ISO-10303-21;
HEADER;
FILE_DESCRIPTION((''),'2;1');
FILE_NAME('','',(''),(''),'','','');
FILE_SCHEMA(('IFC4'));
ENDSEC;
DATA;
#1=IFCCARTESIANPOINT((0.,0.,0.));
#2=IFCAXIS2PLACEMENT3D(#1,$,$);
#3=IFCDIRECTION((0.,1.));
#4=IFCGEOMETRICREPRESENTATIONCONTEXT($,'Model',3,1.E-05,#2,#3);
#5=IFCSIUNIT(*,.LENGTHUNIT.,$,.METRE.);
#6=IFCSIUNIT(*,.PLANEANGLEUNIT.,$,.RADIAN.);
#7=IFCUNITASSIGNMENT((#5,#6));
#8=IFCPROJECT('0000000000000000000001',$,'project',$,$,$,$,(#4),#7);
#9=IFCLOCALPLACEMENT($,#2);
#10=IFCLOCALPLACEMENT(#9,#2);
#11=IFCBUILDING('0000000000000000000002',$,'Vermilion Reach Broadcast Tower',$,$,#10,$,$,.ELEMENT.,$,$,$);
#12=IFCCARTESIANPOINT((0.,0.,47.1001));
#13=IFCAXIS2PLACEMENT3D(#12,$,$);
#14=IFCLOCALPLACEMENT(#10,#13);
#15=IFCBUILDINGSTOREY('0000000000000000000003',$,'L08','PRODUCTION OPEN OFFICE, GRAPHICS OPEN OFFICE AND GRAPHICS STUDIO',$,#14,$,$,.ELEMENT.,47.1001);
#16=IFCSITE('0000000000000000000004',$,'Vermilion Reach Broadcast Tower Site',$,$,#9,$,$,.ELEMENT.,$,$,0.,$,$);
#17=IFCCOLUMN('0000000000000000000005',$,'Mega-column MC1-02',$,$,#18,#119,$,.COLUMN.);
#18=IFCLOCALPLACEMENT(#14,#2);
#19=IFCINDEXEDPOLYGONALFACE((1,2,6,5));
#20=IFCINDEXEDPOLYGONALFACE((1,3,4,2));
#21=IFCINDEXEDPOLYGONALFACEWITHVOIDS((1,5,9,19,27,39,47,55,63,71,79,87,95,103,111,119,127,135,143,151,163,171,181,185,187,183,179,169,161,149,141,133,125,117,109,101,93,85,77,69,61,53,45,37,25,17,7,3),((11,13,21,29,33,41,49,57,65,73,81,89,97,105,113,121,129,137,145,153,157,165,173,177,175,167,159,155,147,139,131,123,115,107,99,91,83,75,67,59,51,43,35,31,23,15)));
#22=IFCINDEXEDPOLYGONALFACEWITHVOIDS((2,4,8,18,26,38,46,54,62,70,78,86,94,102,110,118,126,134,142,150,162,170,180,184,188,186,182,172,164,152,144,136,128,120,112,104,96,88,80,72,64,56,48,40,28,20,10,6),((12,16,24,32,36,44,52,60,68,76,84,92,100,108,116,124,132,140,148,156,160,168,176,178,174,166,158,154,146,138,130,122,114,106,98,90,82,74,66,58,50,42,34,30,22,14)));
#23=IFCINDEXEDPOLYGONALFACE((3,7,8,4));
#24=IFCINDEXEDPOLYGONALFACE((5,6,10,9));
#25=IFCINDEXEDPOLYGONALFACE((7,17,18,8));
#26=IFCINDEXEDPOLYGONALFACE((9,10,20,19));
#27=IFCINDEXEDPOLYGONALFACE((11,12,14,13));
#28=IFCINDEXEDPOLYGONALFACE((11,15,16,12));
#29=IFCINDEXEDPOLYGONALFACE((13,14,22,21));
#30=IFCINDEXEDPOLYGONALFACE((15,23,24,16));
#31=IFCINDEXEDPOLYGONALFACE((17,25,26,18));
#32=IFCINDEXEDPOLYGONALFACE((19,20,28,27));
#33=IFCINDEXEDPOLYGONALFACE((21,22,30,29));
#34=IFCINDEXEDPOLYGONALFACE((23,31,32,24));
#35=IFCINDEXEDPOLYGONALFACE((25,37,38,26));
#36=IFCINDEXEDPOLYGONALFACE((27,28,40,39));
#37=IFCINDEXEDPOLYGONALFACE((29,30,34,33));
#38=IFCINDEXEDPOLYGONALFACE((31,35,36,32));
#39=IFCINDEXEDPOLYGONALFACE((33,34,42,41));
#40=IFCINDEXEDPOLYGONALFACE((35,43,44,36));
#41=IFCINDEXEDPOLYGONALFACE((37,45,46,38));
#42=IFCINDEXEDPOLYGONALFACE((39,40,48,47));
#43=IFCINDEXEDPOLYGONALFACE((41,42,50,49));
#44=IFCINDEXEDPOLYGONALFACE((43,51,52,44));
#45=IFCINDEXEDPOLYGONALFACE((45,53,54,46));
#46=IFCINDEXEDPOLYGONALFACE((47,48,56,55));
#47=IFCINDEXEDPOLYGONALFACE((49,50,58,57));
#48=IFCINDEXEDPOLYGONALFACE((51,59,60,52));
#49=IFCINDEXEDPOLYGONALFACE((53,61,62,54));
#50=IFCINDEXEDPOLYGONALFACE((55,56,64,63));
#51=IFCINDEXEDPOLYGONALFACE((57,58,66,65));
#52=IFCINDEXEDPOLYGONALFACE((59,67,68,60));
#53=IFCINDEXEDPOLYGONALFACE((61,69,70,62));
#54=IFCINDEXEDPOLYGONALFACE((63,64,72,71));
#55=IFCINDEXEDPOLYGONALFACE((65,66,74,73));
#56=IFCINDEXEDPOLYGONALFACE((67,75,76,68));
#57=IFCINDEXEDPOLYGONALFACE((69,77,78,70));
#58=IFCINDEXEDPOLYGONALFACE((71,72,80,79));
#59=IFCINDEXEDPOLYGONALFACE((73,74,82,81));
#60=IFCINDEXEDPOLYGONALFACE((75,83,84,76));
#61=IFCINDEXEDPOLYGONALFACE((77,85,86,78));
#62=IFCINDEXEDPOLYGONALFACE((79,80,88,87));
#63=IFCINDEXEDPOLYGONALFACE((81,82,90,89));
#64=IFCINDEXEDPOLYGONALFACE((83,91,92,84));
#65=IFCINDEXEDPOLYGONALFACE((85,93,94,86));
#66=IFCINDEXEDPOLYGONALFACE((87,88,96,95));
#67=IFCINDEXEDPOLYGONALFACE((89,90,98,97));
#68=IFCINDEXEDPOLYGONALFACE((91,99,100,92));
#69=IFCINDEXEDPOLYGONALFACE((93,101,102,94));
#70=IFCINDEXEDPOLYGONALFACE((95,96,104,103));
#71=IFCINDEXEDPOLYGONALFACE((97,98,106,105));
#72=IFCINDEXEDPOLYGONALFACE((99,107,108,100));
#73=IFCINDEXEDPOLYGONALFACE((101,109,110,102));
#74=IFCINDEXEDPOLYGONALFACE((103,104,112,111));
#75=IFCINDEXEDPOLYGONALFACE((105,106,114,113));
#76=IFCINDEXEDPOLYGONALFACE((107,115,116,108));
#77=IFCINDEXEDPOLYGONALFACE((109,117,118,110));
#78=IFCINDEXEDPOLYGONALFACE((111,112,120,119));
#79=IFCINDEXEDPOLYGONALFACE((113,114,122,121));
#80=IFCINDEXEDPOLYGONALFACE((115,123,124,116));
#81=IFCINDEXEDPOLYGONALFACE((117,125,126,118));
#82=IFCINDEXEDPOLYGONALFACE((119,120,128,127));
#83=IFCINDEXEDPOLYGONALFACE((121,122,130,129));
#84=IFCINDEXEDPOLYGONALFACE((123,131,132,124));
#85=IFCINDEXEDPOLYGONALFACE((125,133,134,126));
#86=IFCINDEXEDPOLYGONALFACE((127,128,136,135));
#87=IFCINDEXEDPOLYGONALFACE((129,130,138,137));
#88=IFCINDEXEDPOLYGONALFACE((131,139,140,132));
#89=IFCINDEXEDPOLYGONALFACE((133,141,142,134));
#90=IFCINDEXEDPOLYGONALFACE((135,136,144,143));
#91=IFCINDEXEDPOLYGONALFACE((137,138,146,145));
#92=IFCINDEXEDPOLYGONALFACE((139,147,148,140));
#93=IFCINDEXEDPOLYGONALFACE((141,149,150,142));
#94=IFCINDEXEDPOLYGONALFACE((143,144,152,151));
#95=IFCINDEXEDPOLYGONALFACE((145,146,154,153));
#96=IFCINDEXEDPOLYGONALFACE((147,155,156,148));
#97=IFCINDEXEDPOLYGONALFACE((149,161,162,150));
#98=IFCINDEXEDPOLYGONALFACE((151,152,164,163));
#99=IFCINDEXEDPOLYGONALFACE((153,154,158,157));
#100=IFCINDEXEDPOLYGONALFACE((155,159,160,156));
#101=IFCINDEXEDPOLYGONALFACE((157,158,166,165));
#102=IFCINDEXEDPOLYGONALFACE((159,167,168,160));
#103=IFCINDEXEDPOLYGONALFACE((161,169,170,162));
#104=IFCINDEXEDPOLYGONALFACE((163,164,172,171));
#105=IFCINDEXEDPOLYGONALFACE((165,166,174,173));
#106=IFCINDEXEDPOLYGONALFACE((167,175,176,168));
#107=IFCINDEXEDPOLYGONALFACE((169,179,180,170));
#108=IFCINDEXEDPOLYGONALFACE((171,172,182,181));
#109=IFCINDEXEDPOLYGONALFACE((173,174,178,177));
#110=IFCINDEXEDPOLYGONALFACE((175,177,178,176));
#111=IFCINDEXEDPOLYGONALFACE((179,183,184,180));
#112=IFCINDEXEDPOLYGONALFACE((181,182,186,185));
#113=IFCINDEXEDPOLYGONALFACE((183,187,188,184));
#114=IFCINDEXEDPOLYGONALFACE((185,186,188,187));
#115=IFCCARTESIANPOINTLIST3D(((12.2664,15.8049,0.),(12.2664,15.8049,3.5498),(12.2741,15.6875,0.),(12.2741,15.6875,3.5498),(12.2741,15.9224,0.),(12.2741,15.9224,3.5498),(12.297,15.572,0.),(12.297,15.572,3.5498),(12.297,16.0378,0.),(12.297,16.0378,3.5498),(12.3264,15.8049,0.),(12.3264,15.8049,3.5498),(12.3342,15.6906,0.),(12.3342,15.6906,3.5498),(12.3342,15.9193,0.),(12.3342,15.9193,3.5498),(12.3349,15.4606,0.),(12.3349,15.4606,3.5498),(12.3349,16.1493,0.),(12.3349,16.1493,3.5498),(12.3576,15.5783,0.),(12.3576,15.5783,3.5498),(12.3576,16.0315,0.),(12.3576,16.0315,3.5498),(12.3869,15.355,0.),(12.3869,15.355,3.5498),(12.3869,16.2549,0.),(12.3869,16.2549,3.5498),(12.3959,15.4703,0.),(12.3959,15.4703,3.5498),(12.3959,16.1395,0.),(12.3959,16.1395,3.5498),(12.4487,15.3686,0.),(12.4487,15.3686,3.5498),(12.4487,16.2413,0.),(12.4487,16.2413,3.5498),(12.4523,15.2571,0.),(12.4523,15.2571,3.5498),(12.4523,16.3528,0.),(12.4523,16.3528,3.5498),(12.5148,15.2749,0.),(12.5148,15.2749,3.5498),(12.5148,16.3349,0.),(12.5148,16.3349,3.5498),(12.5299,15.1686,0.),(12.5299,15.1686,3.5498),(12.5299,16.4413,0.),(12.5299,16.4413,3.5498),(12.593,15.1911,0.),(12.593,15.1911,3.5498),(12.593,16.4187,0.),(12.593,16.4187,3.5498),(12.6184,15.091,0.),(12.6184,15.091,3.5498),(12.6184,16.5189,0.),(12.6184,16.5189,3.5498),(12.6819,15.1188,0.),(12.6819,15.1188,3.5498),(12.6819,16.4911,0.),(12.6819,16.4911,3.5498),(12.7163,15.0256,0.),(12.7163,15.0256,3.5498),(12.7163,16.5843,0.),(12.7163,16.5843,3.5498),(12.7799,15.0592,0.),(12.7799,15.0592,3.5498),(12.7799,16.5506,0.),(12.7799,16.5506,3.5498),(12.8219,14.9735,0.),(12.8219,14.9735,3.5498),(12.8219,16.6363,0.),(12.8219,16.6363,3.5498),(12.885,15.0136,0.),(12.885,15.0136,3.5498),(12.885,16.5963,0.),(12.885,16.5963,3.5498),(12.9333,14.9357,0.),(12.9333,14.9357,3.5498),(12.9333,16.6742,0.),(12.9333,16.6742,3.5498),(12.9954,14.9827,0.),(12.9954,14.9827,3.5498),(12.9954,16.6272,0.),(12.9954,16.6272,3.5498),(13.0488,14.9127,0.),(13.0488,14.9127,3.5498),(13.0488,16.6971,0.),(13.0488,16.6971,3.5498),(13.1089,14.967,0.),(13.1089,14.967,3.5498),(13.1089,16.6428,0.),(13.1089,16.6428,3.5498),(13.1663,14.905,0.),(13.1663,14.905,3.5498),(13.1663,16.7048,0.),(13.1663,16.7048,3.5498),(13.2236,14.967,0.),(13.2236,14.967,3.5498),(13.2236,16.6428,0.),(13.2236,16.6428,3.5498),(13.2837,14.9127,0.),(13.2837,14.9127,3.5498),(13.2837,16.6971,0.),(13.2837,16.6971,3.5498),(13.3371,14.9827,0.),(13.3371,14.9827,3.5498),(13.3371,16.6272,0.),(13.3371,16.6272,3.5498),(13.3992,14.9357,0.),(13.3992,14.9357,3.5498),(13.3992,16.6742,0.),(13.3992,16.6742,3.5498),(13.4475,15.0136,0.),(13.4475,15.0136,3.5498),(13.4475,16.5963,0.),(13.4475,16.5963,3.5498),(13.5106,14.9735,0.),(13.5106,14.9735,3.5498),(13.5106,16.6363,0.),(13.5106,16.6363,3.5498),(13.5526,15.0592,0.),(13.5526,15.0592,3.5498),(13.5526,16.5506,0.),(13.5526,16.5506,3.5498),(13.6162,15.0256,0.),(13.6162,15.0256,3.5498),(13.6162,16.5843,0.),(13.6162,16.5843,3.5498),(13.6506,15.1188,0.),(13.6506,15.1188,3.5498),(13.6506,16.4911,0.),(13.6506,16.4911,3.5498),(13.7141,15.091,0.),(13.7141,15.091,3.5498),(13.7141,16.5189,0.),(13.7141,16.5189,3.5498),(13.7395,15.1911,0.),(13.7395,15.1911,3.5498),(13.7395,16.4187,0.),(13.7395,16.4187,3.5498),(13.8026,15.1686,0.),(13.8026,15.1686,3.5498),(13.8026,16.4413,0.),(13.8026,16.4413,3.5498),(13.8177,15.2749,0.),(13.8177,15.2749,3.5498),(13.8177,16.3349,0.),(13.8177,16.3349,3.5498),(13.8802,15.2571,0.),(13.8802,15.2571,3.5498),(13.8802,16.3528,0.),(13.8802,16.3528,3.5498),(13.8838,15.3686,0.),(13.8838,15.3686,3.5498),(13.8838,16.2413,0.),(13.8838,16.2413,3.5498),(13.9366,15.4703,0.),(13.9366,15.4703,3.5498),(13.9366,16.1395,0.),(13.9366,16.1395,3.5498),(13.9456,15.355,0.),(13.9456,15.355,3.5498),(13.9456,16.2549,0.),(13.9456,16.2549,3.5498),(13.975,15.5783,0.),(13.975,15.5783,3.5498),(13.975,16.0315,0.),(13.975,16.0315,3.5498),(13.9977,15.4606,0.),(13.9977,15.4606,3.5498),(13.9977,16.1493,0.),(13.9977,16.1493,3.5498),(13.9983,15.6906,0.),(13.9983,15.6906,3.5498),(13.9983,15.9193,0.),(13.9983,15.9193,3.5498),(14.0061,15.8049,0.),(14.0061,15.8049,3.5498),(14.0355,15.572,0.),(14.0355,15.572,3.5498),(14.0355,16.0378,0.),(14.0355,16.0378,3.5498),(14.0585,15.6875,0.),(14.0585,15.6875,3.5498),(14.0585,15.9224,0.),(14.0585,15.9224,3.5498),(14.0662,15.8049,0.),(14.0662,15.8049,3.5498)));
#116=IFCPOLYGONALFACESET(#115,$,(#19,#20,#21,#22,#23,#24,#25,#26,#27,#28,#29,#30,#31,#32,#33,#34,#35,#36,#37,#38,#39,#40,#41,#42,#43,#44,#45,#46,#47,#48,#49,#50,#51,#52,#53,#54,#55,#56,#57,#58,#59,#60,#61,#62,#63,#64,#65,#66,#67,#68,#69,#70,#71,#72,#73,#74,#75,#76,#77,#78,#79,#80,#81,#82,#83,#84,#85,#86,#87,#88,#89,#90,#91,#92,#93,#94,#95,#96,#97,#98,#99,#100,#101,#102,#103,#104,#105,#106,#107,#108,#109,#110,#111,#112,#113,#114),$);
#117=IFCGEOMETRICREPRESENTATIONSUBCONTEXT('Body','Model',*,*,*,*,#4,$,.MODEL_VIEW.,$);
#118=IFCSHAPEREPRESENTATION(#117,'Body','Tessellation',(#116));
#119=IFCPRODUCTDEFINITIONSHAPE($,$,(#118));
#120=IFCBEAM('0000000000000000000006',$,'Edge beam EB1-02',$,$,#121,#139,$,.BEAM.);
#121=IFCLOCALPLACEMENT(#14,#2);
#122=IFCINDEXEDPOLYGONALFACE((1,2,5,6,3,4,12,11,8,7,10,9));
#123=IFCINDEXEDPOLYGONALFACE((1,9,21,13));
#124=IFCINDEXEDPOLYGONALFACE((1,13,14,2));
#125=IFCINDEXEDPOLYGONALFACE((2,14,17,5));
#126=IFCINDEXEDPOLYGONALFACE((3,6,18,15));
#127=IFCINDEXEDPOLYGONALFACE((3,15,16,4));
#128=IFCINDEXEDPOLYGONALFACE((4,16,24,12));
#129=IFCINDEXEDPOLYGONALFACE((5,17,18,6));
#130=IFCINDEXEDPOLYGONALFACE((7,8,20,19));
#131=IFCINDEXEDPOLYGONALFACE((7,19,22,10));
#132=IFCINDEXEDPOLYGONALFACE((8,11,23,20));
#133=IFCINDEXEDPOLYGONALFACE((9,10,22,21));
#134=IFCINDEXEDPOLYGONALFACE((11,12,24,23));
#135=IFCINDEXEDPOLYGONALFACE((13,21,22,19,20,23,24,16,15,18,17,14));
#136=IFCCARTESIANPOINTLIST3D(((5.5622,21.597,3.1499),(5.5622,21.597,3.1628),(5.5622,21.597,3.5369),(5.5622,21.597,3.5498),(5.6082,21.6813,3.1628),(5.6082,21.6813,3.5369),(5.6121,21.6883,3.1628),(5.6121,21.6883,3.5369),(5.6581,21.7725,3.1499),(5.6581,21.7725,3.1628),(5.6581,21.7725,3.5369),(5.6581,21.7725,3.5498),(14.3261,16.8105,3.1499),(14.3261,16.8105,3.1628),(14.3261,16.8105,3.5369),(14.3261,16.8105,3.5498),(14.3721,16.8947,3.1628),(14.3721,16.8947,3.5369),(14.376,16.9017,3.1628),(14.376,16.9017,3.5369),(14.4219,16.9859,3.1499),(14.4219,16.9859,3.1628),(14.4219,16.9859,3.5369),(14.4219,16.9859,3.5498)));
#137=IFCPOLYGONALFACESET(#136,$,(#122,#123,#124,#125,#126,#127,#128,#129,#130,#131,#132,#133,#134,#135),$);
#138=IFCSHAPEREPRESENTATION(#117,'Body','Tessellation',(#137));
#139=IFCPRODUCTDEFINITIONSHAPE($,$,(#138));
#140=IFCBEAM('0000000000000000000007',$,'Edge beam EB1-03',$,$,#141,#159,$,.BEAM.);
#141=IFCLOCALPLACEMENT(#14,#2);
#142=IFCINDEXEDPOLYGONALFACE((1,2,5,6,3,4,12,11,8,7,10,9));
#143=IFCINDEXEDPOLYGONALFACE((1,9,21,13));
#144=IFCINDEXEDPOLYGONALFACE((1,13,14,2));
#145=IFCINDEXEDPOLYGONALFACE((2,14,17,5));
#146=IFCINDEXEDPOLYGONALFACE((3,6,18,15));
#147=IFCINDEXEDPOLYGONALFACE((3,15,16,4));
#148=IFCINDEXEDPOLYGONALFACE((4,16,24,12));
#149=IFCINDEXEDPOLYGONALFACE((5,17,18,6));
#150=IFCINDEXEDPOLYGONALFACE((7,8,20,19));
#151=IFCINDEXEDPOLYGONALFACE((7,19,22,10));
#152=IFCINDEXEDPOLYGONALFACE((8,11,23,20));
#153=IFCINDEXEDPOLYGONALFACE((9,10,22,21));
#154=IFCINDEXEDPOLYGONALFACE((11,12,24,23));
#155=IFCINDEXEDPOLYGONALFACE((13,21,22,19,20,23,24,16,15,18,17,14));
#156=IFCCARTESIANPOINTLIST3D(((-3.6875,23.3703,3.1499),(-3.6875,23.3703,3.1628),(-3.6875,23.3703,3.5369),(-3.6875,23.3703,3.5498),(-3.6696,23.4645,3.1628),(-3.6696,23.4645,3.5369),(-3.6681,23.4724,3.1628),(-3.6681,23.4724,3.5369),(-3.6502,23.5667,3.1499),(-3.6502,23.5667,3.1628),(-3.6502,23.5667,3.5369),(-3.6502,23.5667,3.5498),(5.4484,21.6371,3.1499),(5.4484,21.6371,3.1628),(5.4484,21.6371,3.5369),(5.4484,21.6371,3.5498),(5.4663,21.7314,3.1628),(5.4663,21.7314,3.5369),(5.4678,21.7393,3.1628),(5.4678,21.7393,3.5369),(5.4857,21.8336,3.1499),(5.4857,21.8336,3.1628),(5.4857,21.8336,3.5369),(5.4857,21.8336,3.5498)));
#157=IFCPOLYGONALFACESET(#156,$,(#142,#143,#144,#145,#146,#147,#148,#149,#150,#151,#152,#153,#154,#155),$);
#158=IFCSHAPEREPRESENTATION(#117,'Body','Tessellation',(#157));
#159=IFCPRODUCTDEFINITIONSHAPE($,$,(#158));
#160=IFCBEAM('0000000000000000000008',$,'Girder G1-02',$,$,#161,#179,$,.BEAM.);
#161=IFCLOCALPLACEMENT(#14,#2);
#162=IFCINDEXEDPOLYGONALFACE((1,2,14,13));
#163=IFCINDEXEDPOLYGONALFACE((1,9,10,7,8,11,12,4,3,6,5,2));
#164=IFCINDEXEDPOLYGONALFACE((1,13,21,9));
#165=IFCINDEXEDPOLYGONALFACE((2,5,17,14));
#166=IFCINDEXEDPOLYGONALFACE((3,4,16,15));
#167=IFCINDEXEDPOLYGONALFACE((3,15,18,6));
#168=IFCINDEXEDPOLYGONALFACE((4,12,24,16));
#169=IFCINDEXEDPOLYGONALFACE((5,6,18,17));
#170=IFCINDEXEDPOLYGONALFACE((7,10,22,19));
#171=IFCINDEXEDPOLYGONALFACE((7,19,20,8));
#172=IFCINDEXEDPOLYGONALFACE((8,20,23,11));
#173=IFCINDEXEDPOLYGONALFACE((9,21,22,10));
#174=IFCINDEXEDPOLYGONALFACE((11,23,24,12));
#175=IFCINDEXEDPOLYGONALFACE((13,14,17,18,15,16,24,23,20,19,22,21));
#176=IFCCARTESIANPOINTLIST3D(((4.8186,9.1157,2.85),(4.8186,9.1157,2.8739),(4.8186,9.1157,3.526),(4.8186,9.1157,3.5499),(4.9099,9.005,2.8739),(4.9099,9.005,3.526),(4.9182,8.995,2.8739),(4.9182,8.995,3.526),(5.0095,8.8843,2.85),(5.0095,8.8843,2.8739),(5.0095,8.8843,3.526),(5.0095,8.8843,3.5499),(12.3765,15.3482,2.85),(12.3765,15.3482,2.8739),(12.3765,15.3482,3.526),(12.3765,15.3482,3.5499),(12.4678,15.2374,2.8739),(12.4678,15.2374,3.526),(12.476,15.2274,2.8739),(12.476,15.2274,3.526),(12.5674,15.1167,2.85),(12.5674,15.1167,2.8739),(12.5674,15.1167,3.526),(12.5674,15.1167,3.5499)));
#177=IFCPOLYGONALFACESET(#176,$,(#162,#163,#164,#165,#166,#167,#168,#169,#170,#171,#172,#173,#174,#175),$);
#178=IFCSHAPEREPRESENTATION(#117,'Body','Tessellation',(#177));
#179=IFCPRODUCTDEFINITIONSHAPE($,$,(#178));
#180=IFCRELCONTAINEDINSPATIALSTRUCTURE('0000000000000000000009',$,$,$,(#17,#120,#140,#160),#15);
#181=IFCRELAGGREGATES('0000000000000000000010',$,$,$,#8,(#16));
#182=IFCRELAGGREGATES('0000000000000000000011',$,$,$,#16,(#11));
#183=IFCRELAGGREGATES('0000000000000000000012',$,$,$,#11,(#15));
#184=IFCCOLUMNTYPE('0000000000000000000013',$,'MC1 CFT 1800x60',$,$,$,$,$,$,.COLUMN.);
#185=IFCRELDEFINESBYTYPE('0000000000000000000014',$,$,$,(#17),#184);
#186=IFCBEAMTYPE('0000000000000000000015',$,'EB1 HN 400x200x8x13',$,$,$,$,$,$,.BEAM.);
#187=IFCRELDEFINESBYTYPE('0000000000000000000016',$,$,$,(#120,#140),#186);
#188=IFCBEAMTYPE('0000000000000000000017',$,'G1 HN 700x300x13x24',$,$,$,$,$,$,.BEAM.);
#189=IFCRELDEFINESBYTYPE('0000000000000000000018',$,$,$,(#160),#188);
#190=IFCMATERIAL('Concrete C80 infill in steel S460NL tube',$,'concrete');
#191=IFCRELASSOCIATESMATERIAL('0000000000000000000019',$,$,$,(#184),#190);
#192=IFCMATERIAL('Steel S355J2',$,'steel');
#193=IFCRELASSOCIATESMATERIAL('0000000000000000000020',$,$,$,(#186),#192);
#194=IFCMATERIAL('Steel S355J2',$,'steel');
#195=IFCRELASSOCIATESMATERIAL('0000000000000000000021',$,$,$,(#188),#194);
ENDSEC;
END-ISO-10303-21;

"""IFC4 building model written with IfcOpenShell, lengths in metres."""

from ifc_helpers import new_model, si_unit, direction, frame, origin, origin_2d, place, context, subcontext, project, spatial, hollow_circle, i_section, extrude, material, material_profile, profile_set, type_object, element, save


model = new_model("IFC4")

# Units and contexts
model_context = context("Model", 3, precision=1e-05, world=origin(), true_north=direction((0.0, 1.0)))
body_context = subcontext(model_context, "Body", "Model", "MODEL_VIEW")
ifc_project = project(units=[si_unit("LENGTHUNIT", "METRE"), si_unit("PLANEANGLEUNIT", "RADIAN")], contexts=[model_context])

# Site, building, storey
site_placement = place(None, origin())
site = spatial("IfcSite", under=ifc_project, at=site_placement, Name="Vermilion Reach Broadcast Tower Site", CompositionType="ELEMENT", RefElevation=0.0)
building_placement = place(site_placement, origin())
building = spatial("IfcBuilding", under=site, at=building_placement, Name="Vermilion Reach Broadcast Tower", CompositionType="ELEMENT")
storey_placement = place(building_placement, frame((0.0, 0.0, 47.1001)))
storey = spatial("IfcBuildingStorey", under=building, at=storey_placement, Name="L08", Description="PRODUCTION OPEN OFFICE, GRAPHICS OPEN OFFICE AND GRAPHICS STUDIO", CompositionType="ELEMENT", Elevation=47.1001)

# Column
ifc_material_1 = material(Name="Concrete C80 infill in steel S460NL tube", Category="concrete")
ifc_material_profile_1 = material_profile(ifc_material_1, hollow_circle(Radius=0.8999, WallThickness=0.0601, at=origin_2d()), Name="Concrete C80 infill in steel S460NL tube CFT 1800x60")
ifc_profile_set_1 = profile_set([ifc_material_profile_1], Name="Concrete C80 infill in steel S460NL tube")
column_type = type_object("IfcColumnType", Name="MC1 CFT 1800x60", PredefinedType="COLUMN", material=ifc_profile_set_1)
column_placement = place(storey_placement, frame((13.1663, 15.8049, 0.0), z_axis=(0.0, 0.0, 1.0), x_axis=(1.0, 0.0, 0.0)))
element("IfcColumn", 1, at=column_placement, inside=storey, type_object=column_type, Name="Mega-column MC1-02", PredefinedType="COLUMN", context=body_context, shape_type="SweptSolid", body=[
    extrude(hollow_circle(Radius=0.8999, WallThickness=0.0601, at=origin_2d()), origin(), (0.0, 0.0, 1.0), 3.5498),
])

# Beams
ifc_material_2 = material(Name="Steel S355J2", Category="steel")
ifc_material_profile_2 = material_profile(ifc_material_2, i_section(OverallWidth=0.2, OverallDepth=0.3999, WebThickness=0.0081, FlangeThickness=0.0129, at=origin_2d()), Name="S355J2 HN 400x200x8x13")
ifc_profile_set_2 = profile_set([ifc_material_profile_2], Name="Steel S355J2")
beam_type_1 = type_object("IfcBeamType", Name="EB1 HN 400x200x8x13", PredefinedType="BEAM", material=ifc_profile_set_2)
beam_1_placement = place(storey_placement, frame((14.374, 16.8982, 3.3499), z_axis=(-0.87763, 0.479339, 0.0), x_axis=(-0.479339, -0.87763, 0.0)))
element("IfcBeam", 2, at=beam_1_placement, inside=storey, type_object=beam_type_1, Name="Edge beam EB1-02", PredefinedType="BEAM", context=body_context, shape_type="SweptSolid", body=[
    extrude(i_section(OverallWidth=0.2, OverallDepth=0.3999, WebThickness=0.0081, FlangeThickness=0.0129, at=origin_2d()), origin(), (0.0, 0.0, 1.0), 9.9858),
])
beam_2_placement = place(storey_placement, frame((5.467, 21.7354, 3.3499), z_axis=(-0.982477, 0.186382, 0.0), x_axis=(-0.186382, -0.982477, 0.0)))
element("IfcBeam", 3, at=beam_2_placement, inside=storey, type_object=beam_type_1, Name="Edge beam EB1-03", PredefinedType="BEAM", context=body_context, shape_type="SweptSolid", body=[
    extrude(i_section(OverallWidth=0.2, OverallDepth=0.3999, WebThickness=0.0081, FlangeThickness=0.0129, at=origin_2d()), origin(), (0.0, 0.0, 1.0), 9.2988),
])
ifc_material_3 = material(Name="Steel S355J2", Category="steel")
ifc_material_profile_3 = material_profile(ifc_material_3, i_section(OverallWidth=0.3, OverallDepth=0.7, WebThickness=0.0129, FlangeThickness=0.0239, at=origin_2d()), Name="S355J2 HN 700x300x13x24")
ifc_profile_set_3 = profile_set([ifc_material_profile_3], Name="Steel S355J2")
beam_type_2 = type_object("IfcBeamType", Name="G1 HN 700x300x13x24", PredefinedType="BEAM", material=ifc_profile_set_3)
beam_3_placement = place(storey_placement, frame((4.9141, 9.0, 3.2), z_axis=(0.771514, 0.636212, 0.0), x_axis=(-0.636212, 0.771514, 0.0)))
element("IfcBeam", 4, at=beam_3_placement, inside=storey, type_object=beam_type_2, Name="Girder G1-02", PredefinedType="BEAM", context=body_context, shape_type="SweptSolid", body=[
    extrude(i_section(OverallWidth=0.3, OverallDepth=0.7, WebThickness=0.0129, FlangeThickness=0.0239, at=origin_2d()), origin(), (0.0, 0.0, 1.0), 9.7961),
])

save(model, "model.ifc")
